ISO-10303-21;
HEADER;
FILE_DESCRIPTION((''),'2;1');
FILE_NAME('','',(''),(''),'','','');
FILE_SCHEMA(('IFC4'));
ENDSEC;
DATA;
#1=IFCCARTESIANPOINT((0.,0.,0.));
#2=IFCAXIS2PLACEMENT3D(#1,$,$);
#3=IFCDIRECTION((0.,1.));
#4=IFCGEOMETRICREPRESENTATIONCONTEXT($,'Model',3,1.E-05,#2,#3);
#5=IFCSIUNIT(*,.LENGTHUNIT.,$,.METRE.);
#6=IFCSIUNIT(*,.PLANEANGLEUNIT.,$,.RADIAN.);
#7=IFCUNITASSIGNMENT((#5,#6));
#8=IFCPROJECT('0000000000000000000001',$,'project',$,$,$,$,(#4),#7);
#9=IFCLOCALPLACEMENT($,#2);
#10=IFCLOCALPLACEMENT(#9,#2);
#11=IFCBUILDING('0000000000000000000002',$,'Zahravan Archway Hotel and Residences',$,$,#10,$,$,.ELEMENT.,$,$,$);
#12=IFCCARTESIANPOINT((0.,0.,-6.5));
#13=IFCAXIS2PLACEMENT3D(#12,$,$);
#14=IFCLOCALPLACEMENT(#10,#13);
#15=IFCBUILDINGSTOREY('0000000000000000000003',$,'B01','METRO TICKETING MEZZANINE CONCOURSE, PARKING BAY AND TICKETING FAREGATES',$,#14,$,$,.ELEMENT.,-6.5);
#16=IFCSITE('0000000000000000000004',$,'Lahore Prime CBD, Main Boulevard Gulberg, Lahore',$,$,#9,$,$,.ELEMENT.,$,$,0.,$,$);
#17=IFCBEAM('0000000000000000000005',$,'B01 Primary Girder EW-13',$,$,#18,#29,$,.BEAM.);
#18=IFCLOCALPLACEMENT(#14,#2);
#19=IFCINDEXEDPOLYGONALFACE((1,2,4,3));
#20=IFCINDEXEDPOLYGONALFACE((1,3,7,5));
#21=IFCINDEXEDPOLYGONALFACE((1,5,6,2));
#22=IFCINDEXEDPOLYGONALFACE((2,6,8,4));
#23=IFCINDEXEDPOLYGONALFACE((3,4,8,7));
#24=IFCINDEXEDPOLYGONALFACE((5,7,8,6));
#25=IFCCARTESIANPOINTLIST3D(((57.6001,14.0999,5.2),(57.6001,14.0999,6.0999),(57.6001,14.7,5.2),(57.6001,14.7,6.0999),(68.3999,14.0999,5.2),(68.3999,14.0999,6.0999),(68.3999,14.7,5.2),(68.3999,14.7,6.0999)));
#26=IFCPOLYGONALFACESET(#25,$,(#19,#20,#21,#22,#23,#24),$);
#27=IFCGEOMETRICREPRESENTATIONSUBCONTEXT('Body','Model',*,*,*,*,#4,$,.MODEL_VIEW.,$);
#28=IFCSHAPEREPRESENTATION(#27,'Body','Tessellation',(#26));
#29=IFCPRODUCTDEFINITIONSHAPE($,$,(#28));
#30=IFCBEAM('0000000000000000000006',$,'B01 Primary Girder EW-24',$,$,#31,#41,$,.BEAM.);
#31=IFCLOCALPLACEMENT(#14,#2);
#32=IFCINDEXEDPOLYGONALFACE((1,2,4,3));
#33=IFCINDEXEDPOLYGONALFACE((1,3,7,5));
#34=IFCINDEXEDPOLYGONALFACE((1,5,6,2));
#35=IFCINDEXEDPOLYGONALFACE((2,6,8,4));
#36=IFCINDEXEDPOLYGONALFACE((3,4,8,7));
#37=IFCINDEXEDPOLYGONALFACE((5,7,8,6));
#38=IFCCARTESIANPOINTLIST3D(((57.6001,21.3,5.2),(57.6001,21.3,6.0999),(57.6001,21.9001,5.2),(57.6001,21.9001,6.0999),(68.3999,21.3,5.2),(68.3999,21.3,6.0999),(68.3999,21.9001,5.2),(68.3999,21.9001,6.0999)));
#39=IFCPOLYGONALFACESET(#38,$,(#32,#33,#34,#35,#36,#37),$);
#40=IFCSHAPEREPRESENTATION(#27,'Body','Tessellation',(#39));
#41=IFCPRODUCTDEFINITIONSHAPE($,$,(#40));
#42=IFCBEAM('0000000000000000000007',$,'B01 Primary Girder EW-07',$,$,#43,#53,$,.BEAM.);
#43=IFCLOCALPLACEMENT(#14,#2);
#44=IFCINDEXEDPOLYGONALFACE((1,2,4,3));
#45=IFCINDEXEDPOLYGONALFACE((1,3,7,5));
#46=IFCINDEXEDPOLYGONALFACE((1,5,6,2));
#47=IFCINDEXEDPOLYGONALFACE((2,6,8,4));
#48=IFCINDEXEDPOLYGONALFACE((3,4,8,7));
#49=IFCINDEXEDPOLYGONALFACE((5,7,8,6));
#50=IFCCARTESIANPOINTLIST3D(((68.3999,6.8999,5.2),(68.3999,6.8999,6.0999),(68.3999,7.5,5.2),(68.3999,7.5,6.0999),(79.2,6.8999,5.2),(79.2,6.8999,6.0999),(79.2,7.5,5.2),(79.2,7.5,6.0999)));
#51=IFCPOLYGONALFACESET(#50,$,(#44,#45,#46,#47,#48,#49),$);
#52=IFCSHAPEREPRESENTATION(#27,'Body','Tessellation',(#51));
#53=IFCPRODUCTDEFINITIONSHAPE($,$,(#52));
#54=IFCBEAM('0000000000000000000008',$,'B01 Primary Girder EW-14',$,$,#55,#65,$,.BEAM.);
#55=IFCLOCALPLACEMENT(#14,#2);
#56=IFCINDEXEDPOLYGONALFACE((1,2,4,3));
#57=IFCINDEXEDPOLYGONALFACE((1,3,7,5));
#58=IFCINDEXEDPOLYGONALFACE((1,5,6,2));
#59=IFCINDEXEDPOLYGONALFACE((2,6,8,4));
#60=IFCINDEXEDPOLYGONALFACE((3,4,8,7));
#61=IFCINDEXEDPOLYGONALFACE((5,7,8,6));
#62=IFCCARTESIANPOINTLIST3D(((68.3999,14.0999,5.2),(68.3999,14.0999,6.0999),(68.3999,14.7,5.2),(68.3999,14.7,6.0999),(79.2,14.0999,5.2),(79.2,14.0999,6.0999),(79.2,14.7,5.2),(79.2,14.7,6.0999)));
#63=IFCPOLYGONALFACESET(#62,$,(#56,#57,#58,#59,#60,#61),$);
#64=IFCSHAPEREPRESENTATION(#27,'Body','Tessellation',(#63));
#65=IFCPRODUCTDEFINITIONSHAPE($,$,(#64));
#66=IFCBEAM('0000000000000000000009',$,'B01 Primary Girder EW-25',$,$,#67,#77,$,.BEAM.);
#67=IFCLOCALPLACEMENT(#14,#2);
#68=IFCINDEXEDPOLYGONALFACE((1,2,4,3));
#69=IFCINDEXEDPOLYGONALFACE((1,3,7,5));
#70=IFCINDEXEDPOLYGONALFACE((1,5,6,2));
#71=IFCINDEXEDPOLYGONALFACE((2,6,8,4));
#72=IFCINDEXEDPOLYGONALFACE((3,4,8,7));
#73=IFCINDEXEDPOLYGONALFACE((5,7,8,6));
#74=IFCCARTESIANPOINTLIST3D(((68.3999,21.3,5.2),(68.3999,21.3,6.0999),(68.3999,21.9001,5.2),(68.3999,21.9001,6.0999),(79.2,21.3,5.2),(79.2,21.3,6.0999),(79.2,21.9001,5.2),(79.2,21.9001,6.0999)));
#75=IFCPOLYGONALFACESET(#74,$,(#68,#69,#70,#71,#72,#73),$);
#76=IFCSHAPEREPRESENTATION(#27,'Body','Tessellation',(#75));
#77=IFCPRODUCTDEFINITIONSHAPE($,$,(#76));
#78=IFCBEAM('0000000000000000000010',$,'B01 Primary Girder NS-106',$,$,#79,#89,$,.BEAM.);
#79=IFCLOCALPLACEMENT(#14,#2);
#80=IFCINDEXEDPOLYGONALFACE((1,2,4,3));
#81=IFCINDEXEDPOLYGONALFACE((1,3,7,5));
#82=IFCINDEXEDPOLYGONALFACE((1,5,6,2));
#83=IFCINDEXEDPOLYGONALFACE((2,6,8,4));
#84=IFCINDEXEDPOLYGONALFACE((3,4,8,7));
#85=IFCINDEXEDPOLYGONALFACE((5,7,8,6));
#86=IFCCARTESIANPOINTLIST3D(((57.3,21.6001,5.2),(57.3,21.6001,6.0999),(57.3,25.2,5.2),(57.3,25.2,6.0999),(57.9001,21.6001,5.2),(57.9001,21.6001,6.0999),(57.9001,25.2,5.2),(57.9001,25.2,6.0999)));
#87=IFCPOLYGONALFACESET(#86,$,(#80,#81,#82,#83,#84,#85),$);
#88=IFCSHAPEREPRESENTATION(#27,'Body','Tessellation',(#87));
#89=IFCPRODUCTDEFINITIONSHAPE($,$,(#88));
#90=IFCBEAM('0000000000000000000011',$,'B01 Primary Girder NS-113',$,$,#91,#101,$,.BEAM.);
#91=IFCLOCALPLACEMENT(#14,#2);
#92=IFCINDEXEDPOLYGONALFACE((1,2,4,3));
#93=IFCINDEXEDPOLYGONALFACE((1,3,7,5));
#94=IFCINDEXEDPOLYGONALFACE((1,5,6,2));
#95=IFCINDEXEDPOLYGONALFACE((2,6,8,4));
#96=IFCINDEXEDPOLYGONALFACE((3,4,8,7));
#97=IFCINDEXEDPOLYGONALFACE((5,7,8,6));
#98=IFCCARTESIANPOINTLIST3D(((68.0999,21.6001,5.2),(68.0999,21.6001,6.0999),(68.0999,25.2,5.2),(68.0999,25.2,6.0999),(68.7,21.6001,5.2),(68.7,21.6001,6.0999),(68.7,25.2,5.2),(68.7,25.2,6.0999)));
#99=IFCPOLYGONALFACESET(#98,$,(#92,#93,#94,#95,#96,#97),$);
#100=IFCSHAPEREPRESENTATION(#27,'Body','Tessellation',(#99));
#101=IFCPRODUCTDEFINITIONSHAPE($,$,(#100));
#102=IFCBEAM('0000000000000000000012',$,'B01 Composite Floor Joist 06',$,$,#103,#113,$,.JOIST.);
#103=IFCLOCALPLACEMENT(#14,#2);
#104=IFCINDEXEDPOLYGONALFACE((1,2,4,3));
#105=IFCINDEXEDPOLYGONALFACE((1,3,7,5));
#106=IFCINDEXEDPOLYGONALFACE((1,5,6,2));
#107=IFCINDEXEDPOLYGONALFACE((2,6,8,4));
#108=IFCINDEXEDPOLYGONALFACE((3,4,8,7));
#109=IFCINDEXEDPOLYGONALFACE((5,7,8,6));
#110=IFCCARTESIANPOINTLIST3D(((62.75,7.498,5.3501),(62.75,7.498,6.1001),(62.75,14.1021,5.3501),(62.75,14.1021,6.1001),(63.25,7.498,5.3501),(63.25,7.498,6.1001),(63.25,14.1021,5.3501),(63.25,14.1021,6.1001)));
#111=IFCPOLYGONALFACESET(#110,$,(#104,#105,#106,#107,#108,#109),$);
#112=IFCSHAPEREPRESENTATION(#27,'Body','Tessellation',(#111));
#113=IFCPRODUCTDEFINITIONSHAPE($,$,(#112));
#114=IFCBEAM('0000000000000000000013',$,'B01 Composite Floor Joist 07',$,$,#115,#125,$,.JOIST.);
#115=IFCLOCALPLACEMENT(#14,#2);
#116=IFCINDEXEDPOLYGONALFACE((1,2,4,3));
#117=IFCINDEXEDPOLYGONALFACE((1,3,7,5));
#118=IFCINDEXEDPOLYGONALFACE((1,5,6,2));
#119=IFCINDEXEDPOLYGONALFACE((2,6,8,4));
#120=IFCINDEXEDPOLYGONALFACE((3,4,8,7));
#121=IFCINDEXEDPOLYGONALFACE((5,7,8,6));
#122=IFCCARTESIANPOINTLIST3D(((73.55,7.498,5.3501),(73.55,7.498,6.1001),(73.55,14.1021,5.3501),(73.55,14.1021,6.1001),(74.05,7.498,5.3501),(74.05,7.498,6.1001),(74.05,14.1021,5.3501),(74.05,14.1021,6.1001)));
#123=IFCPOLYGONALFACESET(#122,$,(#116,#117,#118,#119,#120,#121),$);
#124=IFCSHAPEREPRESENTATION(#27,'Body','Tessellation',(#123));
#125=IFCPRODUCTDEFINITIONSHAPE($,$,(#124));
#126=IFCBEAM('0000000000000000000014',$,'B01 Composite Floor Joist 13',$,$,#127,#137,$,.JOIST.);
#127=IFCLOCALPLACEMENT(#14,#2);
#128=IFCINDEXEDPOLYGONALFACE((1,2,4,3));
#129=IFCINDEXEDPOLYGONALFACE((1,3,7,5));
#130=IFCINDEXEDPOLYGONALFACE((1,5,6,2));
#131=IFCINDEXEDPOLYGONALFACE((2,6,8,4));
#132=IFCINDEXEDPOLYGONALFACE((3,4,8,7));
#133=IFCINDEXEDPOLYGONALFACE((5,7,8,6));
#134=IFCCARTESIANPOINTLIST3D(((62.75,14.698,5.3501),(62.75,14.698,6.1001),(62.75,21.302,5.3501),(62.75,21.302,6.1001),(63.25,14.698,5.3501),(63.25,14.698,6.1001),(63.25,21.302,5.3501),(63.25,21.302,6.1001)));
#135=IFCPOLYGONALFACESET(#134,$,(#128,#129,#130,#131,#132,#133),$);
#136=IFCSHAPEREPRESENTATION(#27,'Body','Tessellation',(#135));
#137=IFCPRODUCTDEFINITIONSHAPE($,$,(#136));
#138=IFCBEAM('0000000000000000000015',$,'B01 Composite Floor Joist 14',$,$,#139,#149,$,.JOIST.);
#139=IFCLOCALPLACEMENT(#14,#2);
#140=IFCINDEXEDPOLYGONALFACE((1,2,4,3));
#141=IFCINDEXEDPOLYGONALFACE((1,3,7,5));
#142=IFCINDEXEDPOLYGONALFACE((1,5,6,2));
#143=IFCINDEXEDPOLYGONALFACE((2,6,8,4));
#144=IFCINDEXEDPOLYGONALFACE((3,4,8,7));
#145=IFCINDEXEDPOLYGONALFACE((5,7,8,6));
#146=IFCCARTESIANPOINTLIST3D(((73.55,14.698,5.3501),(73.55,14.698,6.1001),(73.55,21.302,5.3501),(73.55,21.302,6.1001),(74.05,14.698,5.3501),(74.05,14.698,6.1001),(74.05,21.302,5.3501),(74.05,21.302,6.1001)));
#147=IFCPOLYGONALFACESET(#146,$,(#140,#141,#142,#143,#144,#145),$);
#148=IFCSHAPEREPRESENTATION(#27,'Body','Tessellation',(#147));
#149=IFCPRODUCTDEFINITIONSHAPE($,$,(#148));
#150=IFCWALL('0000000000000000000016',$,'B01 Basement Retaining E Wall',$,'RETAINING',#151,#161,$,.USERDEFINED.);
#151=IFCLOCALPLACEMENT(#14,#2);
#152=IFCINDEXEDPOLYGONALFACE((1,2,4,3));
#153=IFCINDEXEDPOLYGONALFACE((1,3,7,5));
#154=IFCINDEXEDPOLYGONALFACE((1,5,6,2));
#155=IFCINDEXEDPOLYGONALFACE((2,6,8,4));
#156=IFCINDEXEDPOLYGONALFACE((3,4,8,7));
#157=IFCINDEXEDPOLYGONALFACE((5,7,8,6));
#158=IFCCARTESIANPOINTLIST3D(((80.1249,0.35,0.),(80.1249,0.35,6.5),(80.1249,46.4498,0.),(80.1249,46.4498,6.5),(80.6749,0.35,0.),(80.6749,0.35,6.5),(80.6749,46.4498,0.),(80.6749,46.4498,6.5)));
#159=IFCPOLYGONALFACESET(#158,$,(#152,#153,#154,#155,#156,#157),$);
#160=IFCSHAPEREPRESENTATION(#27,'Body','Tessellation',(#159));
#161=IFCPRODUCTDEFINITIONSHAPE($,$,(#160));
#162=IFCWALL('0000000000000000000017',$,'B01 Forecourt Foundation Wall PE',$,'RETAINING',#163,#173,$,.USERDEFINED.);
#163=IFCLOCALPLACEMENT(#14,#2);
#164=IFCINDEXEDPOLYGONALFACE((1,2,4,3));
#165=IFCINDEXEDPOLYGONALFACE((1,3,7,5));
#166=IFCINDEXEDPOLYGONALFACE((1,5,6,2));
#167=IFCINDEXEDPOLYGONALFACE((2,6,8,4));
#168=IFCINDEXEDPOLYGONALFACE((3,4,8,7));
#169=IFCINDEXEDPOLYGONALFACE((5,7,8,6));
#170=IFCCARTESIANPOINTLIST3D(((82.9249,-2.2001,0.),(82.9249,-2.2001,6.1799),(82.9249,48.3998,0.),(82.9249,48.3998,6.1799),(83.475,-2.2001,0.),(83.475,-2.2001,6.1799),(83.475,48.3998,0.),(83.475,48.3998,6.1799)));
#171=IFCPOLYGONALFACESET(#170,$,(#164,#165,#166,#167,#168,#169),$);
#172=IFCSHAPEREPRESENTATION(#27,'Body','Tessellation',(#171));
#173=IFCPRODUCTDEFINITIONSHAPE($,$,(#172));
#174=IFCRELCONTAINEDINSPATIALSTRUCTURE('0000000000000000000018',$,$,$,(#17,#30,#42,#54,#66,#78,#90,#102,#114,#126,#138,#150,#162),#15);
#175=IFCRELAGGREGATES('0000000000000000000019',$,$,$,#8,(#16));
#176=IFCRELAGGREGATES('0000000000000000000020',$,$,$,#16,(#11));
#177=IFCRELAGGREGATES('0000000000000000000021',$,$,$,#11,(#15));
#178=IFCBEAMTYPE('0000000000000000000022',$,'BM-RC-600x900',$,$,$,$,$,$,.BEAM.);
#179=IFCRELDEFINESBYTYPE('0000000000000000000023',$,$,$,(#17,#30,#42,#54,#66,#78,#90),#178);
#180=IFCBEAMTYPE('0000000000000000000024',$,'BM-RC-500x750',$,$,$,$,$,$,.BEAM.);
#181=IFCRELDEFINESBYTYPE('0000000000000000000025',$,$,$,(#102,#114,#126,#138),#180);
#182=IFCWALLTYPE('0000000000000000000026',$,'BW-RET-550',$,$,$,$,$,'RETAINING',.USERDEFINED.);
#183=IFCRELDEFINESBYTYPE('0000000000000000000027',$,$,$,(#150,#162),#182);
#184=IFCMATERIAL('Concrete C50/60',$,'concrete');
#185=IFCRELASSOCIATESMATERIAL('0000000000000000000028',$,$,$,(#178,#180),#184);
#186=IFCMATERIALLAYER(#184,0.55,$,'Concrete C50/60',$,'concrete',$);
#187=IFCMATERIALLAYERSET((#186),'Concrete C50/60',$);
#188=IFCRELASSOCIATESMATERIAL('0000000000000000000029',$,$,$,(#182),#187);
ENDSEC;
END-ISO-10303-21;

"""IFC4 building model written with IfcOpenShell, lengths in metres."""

from ifc_helpers import new_model, si_unit, direction, frame, frame_2d, origin, origin_2d, place, context, subcontext, project, spatial, rectangle, extrude, source, transform, mapped, material, layer, layer_set, material_profile, profile_set, type_object, type_shapes, element, save


model = new_model("IFC4")

# Units and contexts
model_context = context("Model", 3, precision=1e-05, world=origin(), true_north=direction((0.0, 1.0)))
body_context = subcontext(model_context, "Body", "Model", "MODEL_VIEW")
ifc_project = project(units=[si_unit("LENGTHUNIT", "METRE"), si_unit("PLANEANGLEUNIT", "RADIAN")], contexts=[model_context])

# Site, building, storey
site_placement = place(None, origin())
site = spatial("IfcSite", under=ifc_project, at=site_placement, Name="Lahore Prime CBD, Main Boulevard Gulberg, Lahore", CompositionType="ELEMENT", RefElevation=0.0)
building_placement = place(site_placement, origin())
building = spatial("IfcBuilding", under=site, at=building_placement, Name="Zahravan Archway Hotel and Residences", CompositionType="ELEMENT")
storey_placement = place(building_placement, frame((0.0, 0.0, -6.5)))
storey = spatial("IfcBuildingStorey", under=building, at=storey_placement, Name="B01", Description="METRO TICKETING MEZZANINE CONCOURSE, PARKING BAY AND TICKETING FAREGATES", CompositionType="ELEMENT", Elevation=-6.5)

# Shared definitions
ifc_material_1 = material(Name="Concrete C50/60", Category="concrete")

# Beams
ifc_material_profile_1 = material_profile(ifc_material_1, rectangle(XDim=0.6001, YDim=0.8999, at=origin_2d()), Name="RC-BM-600x900", Category="concrete")
ifc_profile_set_1 = profile_set([ifc_material_profile_1], Name="Concrete C50/60")
beam_type_1 = type_object("IfcBeamType", Name="BM-RC-600x900", PredefinedType="BEAM", material=ifc_profile_set_1)
shared_shape_1 = source(origin(), body_context, "Body", "SweptSolid", [
    extrude(rectangle(XDim=0.6001, YDim=0.8999, at=origin_2d()), origin(), (0.0, 0.0, 1.0), 10.7998),
])
for number, where, z_axis, x_axis, name in (
    (1, (57.6001, 14.3999, 5.6499), (1.0, 0.0, 0.0), (0.0, 1.0, 0.0), "B01 Primary Girder EW-13"),
    (2, (57.6001, 21.6001, 5.6499), (1.0, 0.0, 0.0), (0.0, 1.0, 0.0), "B01 Primary Girder EW-24"),
):
    element("IfcBeam", number, at=place(storey_placement, frame(where, z_axis=z_axis, x_axis=x_axis)), inside=storey, type_object=beam_type_1, Name=name, PredefinedType="BEAM", context=body_context, shape_type="MappedRepresentation", body=[
        mapped(shared_shape_1, transform((0.0, 0.0, 0.0), scale=1.0)),
    ])
shared_shape_2 = source(origin(), body_context, "Body", "SweptSolid", [
    extrude(rectangle(XDim=0.6001, YDim=0.8999, at=origin_2d()), origin(), (0.0, 0.0, 1.0), 10.8),
])
for number, where, z_axis, x_axis, name in (
    (3, (68.3999, 7.2, 5.6499), (1.0, 0.0, 0.0), (0.0, 1.0, 0.0), "B01 Primary Girder EW-07"),
    (4, (68.3999, 14.3999, 5.6499), (1.0, 0.0, 0.0), (0.0, 1.0, 0.0), "B01 Primary Girder EW-14"),
    (5, (68.3999, 21.6001, 5.6499), (1.0, 0.0, 0.0), (0.0, 1.0, 0.0), "B01 Primary Girder EW-25"),
):
    element("IfcBeam", number, at=place(storey_placement, frame(where, z_axis=z_axis, x_axis=x_axis)), inside=storey, type_object=beam_type_1, Name=name, PredefinedType="BEAM", context=body_context, shape_type="MappedRepresentation", body=[
        mapped(shared_shape_2, transform((0.0, 0.0, 0.0), scale=1.0)),
    ])
shared_shape_3 = source(origin(), body_context, "Body", "SweptSolid", [
    extrude(rectangle(XDim=0.6001, YDim=0.8999, at=origin_2d()), origin(), (0.0, 0.0, 1.0), 3.5999),
])
for number, where, z_axis, x_axis, name in (
    (6, (57.6001, 21.6001, 5.6499), (0.0, 1.0, 0.0), (-1.0, 0.0, 0.0), "B01 Primary Girder NS-106"),
    (7, (68.3999, 21.6001, 5.6499), (0.0, 1.0, 0.0), (-1.0, 0.0, 0.0), "B01 Primary Girder NS-113"),
):
    element("IfcBeam", number, at=place(storey_placement, frame(where, z_axis=z_axis, x_axis=x_axis)), inside=storey, type_object=beam_type_1, Name=name, PredefinedType="BEAM", context=body_context, shape_type="MappedRepresentation", body=[
        mapped(shared_shape_3, transform((0.0, 0.0, 0.0), scale=1.0)),
    ])
ifc_material_profile_2 = material_profile(ifc_material_1, rectangle(XDim=0.5, YDim=0.75, at=origin_2d()), Name="RC-BM-500x750", Category="concrete")
ifc_profile_set_2 = profile_set([ifc_material_profile_2], Name="Concrete C50/60")
beam_type_2 = type_object("IfcBeamType", Name="BM-RC-500x750", PredefinedType="BEAM", material=ifc_profile_set_2)
shared_shape_4 = source(origin(), body_context, "Body", "SweptSolid", [
    extrude(rectangle(XDim=0.5, YDim=0.75, at=origin_2d()), origin(), (0.0, 0.0, 1.0), 6.604),
])
type_shapes(beam_type_2, [shared_shape_4])
for number, where, z_axis, x_axis, name in (
    (8, (63.0, 7.498, 5.7251), (0.0, 1.0, 0.0), (-1.0, 0.0, 0.0), "B01 Composite Floor Joist 06"),
    (9, (73.8, 7.498, 5.7251), (0.0, 1.0, 0.0), (-1.0, 0.0, 0.0), "B01 Composite Floor Joist 07"),
    (10, (63.0, 14.698, 5.7251), (0.0, 1.0, 0.0), (-1.0, 0.0, 0.0), "B01 Composite Floor Joist 13"),
    (11, (73.8, 14.698, 5.7251), (0.0, 1.0, 0.0), (-1.0, 0.0, 0.0), "B01 Composite Floor Joist 14"),
):
    element("IfcBeam", number, at=place(storey_placement, frame(where, z_axis=z_axis, x_axis=x_axis)), inside=storey, type_object=beam_type_2, Name=name, PredefinedType="JOIST", context=body_context, shape_type="MappedRepresentation", body=[
        mapped(shared_shape_4, transform((0.0, 0.0, 0.0), scale=1.0)),
    ])

# Walls
ifc_layer = layer(ifc_material_1, 0.55, Name="Concrete C50/60", Category="concrete")
ifc_layer_set = layer_set([ifc_layer], Name="Concrete C50/60")
wall_type = type_object("IfcWallType", Name="BW-RET-550", ElementType="RETAINING", PredefinedType="USERDEFINED", material=ifc_layer_set)
wall_1_placement = place(storey_placement, frame((80.3999, 0.3501, 0.0), z_axis=(0.0, 0.0, 1.0), x_axis=(0.0, 1.0, 0.0)))
element("IfcWall", 12, at=wall_1_placement, inside=storey, type_object=wall_type, Name="B01 Basement Retaining E Wall", ObjectType="RETAINING", PredefinedType="USERDEFINED", context=body_context, shape_type="SweptSolid", body=[
    extrude(rectangle(XDim=46.0999, YDim=0.55, at=frame_2d((23.0498, 0.0))), origin(), (0.0, 0.0, 1.0), 6.5),
])
wall_2_placement = place(storey_placement, frame((83.2, -2.2, 0.0), z_axis=(0.0, 0.0, 1.0), x_axis=(0.0, 1.0, 0.0)))
element("IfcWall", 13, at=wall_2_placement, inside=storey, type_object=wall_type, Name="B01 Forecourt Foundation Wall PE", ObjectType="RETAINING", PredefinedType="USERDEFINED", context=body_context, shape_type="SweptSolid", body=[
    extrude(rectangle(XDim=50.5999, YDim=0.55, at=frame_2d((25.2998, 0.0))), origin(), (0.0, 0.0, 1.0), 6.1799),
])

save(model, "model.ifc")
